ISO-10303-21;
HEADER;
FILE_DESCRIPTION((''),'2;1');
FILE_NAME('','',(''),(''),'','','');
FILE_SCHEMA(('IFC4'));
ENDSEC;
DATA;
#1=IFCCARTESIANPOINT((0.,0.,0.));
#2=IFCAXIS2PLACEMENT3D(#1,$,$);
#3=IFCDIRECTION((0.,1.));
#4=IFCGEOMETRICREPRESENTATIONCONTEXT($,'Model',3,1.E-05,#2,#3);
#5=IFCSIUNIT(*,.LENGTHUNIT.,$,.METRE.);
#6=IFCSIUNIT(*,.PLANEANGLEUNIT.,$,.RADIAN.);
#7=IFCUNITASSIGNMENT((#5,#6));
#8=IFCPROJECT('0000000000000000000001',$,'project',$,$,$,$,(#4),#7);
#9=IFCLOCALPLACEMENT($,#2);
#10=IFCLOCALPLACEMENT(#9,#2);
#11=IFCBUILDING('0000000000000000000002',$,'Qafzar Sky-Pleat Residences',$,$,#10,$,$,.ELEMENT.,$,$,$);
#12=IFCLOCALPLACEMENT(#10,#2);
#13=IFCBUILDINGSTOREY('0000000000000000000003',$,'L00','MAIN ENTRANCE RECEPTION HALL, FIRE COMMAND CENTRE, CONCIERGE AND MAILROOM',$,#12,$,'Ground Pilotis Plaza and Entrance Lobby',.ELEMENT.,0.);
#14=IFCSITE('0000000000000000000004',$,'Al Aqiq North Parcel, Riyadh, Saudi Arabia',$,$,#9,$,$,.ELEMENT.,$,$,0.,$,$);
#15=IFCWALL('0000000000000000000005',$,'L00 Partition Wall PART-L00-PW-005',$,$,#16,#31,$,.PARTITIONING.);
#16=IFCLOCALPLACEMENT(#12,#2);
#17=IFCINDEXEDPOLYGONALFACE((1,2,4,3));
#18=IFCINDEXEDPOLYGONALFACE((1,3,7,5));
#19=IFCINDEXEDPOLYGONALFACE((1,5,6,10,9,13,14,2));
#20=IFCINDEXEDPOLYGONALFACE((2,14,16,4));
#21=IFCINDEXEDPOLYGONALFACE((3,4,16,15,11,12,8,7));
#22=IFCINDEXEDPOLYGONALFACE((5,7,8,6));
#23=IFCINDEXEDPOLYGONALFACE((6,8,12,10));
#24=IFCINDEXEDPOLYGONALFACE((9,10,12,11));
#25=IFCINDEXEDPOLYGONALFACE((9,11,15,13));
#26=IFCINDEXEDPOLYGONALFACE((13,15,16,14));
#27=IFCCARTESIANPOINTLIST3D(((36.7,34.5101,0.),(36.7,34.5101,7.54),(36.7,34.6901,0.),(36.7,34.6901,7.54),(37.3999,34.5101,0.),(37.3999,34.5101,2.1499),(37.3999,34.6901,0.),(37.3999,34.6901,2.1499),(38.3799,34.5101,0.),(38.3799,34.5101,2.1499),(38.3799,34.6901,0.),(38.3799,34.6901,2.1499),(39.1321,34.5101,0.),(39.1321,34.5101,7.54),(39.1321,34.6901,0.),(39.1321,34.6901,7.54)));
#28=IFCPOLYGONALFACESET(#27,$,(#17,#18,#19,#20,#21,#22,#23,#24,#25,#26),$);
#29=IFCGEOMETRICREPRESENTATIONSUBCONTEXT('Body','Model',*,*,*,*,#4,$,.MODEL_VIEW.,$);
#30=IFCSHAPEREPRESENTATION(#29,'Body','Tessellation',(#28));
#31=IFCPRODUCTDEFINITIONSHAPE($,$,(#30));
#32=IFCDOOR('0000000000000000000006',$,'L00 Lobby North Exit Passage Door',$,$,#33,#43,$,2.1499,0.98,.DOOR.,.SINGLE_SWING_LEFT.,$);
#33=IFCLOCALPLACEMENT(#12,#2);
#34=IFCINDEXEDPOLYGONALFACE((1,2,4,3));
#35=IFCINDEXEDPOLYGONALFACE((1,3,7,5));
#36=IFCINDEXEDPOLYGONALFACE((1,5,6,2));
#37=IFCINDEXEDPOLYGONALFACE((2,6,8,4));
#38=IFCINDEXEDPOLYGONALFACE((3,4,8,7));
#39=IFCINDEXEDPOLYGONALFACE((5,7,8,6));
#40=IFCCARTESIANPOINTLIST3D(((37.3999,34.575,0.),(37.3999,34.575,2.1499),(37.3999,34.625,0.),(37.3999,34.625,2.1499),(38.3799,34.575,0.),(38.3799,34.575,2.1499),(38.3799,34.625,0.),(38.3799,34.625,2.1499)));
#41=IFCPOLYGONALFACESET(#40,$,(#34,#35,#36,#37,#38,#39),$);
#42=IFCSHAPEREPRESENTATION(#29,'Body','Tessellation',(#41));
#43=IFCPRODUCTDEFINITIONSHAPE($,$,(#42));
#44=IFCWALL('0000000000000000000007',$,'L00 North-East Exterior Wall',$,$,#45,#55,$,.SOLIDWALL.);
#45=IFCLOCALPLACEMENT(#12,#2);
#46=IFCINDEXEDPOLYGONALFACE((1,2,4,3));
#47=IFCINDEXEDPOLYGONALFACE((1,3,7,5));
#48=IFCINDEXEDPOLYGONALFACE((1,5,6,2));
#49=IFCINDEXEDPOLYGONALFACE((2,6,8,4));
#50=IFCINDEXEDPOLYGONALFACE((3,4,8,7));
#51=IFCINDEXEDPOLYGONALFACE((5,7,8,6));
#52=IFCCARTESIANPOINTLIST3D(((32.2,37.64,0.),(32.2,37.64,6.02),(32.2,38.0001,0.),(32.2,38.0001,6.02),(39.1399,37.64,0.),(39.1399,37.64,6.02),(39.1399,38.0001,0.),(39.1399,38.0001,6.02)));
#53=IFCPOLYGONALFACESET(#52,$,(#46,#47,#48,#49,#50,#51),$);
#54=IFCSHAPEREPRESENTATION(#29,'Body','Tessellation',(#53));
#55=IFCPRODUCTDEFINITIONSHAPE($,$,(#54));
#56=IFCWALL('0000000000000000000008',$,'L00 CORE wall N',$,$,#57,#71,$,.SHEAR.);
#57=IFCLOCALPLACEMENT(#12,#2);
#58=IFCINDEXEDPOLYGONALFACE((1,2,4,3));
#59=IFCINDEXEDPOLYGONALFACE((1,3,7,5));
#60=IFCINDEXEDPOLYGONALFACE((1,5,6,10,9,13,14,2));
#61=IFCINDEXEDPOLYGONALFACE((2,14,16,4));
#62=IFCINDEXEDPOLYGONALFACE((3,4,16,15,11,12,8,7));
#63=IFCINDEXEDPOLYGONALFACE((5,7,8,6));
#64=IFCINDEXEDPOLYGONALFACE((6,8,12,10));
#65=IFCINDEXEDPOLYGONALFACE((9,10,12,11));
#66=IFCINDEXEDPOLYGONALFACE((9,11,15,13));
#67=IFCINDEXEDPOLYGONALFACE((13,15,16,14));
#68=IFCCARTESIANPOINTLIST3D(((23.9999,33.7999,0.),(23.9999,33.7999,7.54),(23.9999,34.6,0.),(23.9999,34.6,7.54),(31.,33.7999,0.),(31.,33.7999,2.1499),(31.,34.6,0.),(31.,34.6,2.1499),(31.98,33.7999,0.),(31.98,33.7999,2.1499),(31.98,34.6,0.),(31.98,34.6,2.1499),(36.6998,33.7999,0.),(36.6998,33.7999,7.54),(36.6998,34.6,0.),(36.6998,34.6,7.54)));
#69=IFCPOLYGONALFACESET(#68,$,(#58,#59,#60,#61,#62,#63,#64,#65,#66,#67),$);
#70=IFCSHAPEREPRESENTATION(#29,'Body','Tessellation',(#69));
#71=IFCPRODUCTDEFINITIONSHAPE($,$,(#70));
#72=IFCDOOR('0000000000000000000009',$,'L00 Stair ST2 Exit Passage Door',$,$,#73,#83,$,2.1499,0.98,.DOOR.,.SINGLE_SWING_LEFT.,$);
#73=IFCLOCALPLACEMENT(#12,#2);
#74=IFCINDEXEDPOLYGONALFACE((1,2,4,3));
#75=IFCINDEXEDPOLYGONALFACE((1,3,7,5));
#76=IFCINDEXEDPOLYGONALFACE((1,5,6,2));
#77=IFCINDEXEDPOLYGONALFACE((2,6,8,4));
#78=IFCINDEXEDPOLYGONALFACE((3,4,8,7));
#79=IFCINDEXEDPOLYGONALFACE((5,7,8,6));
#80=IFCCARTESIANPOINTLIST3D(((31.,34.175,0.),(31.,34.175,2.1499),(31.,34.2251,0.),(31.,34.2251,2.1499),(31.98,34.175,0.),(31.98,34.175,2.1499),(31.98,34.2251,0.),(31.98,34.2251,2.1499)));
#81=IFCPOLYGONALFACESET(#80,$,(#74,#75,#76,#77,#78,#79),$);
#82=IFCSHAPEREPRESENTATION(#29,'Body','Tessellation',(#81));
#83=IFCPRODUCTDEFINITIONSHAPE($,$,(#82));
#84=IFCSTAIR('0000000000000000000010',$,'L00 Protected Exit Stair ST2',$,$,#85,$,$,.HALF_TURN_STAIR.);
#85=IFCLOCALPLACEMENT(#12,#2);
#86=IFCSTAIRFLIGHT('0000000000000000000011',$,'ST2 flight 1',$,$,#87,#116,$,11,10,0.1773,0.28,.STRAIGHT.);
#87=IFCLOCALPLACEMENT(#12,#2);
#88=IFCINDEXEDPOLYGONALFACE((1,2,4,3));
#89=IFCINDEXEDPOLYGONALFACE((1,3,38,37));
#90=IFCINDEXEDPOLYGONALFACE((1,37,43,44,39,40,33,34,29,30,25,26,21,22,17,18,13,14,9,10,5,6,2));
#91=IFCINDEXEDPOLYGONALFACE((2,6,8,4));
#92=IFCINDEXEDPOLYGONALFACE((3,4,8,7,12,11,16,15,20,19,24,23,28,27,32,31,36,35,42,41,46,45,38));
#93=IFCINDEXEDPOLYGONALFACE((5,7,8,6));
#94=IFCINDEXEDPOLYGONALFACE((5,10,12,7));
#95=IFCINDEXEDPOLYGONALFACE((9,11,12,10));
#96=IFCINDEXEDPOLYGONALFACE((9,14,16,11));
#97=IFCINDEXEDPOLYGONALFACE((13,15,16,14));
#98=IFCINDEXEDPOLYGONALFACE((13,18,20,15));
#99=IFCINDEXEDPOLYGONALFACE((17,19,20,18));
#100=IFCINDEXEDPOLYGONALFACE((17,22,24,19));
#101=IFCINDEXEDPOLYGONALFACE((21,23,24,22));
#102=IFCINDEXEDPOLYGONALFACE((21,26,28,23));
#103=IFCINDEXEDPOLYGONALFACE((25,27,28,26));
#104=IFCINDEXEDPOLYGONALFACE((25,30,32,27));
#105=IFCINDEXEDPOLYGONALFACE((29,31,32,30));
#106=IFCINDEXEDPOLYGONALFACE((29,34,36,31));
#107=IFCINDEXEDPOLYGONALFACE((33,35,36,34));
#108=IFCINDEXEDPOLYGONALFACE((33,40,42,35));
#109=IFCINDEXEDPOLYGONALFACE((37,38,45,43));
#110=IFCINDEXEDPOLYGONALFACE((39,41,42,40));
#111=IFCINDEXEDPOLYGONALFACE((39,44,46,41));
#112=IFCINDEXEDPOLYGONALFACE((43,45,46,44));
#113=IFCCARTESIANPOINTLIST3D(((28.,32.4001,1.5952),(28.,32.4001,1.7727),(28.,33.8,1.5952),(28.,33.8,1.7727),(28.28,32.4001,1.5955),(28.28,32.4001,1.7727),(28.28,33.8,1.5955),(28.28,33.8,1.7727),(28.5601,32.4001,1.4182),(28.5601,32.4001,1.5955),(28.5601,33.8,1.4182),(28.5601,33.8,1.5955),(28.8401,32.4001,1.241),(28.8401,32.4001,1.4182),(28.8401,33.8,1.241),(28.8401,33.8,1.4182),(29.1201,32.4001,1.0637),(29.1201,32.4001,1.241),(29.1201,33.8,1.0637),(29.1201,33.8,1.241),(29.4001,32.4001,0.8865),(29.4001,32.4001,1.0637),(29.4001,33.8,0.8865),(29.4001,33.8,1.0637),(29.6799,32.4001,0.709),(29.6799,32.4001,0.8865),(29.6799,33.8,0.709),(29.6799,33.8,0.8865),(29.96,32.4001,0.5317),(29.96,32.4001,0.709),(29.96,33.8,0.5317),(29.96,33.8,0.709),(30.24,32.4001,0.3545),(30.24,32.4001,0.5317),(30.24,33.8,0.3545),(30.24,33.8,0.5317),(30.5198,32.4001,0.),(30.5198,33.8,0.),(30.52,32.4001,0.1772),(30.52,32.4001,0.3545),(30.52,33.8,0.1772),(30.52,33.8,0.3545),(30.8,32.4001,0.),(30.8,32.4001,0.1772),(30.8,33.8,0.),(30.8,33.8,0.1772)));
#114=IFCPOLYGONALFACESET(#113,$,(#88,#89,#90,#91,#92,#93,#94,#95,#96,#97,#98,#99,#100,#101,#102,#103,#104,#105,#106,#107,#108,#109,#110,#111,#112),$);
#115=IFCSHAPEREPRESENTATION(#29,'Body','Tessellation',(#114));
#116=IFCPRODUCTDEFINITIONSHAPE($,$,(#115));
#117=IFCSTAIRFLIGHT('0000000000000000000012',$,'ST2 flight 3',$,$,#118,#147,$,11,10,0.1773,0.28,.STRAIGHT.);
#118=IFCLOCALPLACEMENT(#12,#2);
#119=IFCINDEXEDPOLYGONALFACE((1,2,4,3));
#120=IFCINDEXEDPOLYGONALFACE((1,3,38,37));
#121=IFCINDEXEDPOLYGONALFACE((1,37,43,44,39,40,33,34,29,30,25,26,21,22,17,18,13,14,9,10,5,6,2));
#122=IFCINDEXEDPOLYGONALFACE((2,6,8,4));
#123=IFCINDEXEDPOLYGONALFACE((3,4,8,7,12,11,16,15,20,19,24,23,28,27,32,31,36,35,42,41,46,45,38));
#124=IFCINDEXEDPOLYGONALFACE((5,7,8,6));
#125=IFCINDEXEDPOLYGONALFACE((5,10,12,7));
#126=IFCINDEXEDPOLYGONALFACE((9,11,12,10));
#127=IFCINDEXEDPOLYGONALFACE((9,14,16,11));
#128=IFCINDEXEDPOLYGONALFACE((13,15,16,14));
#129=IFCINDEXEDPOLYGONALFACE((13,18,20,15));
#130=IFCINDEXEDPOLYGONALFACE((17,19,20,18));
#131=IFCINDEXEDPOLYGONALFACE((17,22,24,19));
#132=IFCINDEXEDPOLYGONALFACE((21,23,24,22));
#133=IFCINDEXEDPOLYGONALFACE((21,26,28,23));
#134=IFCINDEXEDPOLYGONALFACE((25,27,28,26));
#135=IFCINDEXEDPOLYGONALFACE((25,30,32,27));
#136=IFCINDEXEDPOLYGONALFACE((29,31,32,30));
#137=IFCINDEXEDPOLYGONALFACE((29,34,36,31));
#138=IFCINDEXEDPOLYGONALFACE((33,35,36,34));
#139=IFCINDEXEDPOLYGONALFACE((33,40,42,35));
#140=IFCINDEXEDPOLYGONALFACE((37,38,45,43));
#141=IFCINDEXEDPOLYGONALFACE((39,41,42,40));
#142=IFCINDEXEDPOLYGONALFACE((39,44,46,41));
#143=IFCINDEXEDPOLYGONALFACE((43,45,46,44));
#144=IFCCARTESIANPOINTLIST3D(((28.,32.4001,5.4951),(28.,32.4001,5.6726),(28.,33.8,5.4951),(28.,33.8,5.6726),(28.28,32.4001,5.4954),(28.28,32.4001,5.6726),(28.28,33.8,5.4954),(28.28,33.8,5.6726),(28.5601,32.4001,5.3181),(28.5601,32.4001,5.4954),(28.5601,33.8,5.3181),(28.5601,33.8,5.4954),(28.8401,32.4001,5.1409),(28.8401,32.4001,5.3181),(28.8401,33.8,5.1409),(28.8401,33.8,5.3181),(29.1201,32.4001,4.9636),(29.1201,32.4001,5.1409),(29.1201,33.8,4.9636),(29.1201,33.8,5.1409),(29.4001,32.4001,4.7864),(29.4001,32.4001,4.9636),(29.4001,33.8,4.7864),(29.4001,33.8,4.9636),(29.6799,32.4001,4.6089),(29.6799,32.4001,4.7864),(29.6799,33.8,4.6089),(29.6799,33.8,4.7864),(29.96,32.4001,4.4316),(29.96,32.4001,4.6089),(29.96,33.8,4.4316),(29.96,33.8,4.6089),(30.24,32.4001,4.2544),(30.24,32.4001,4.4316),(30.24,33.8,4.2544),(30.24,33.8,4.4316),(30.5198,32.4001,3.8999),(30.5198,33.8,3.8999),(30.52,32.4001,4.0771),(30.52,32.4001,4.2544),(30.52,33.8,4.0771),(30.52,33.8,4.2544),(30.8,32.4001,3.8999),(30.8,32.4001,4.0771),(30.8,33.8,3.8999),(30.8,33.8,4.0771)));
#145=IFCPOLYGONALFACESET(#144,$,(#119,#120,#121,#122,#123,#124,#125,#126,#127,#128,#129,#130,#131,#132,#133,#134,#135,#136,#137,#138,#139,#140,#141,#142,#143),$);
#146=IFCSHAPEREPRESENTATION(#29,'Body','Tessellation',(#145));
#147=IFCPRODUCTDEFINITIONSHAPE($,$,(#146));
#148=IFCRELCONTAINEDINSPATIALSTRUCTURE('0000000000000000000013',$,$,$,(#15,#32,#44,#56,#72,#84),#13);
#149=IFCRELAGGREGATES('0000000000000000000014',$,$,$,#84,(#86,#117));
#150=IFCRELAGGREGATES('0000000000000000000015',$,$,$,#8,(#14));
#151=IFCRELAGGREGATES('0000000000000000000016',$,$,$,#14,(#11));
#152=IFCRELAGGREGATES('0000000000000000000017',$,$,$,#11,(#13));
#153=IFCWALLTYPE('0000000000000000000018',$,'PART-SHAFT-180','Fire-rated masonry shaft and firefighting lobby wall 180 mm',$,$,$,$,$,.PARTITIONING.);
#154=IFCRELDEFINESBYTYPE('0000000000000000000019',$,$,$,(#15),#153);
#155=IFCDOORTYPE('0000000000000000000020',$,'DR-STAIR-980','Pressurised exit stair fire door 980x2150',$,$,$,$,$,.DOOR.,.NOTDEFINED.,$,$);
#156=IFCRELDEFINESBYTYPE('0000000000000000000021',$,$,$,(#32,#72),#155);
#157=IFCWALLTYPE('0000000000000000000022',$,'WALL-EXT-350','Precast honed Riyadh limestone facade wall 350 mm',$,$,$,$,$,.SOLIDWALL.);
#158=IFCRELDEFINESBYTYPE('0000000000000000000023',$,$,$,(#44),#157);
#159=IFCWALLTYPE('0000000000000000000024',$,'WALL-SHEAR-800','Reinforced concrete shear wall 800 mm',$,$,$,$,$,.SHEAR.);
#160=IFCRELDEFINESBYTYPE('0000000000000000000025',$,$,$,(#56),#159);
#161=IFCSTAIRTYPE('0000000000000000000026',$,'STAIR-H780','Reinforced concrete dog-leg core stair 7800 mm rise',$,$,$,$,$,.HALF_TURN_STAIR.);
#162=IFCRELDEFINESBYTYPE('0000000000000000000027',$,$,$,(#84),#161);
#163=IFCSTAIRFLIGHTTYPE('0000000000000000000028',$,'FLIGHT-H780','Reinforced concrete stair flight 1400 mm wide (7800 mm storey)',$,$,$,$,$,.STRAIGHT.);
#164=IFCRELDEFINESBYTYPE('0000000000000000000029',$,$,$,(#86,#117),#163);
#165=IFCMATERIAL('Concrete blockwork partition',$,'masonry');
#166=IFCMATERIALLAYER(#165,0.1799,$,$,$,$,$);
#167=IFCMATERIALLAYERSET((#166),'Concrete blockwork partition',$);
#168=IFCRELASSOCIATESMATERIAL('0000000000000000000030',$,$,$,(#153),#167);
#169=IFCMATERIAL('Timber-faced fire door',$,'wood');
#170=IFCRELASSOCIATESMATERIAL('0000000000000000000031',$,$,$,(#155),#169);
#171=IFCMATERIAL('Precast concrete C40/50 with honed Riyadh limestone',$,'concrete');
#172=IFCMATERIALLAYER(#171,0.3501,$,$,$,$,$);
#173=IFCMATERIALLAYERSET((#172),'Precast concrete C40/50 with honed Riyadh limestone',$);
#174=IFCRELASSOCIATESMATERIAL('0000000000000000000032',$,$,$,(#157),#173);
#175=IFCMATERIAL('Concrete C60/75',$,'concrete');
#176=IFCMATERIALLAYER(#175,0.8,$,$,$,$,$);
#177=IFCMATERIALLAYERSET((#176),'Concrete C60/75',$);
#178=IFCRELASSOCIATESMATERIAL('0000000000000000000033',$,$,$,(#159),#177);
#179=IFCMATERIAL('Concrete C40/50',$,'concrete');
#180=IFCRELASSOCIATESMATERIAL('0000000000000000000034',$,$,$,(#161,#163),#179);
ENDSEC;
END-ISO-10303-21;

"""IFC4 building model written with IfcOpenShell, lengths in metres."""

from ifc_helpers import new_model, si_unit, direction, frame, frame_2d, origin, place, context, subcontext, project, spatial, polyline, rectangle, outline, extrude, source, transform, mapped, material, layer, layer_set, type_object, element, fill, aggregate, save


model = new_model("IFC4")

# Units and contexts
model_context = context("Model", 3, precision=1e-05, world=origin(), true_north=direction((0.0, 1.0)))
body_context = subcontext(model_context, "Body", "Model", "MODEL_VIEW")
ifc_project = project(units=[si_unit("LENGTHUNIT", "METRE"), si_unit("PLANEANGLEUNIT", "RADIAN")], contexts=[model_context])

# Site, building, storey
site_placement = place(None, origin())
site = spatial("IfcSite", under=ifc_project, at=site_placement, Name="Al Aqiq North Parcel, Riyadh, Saudi Arabia", CompositionType="ELEMENT", RefElevation=0.0)
building_placement = place(site_placement, origin())
building = spatial("IfcBuilding", under=site, at=building_placement, Name="Qafzar Sky-Pleat Residences", CompositionType="ELEMENT")
storey_placement = place(building_placement, origin())
storey = spatial("IfcBuildingStorey", under=building, at=storey_placement, Name="L00", Description="MAIN ENTRANCE RECEPTION HALL, FIRE COMMAND CENTRE, CONCIERGE AND MAILROOM", LongName="Ground Pilotis Plaza and Entrance Lobby", CompositionType="ELEMENT", Elevation=0.0)

# Shared definitions
ifc_material_1 = material(Name="Concrete C60/75", Category="concrete")

# Wall, opening, door
ifc_material_2 = material(Name="Concrete blockwork partition", Category="masonry")
ifc_layer_1 = layer(ifc_material_2, 0.1799)
ifc_layer_set_1 = layer_set([ifc_layer_1], Name="Concrete blockwork partition")
wall_type_1 = type_object("IfcWallType", Name="PART-SHAFT-180", Description="Fire-rated masonry shaft and firefighting lobby wall 180 mm", PredefinedType="PARTITIONING", material=ifc_layer_set_1)
wall_1_placement = place(storey_placement, frame((36.7, 34.6001, 0.0), z_axis=(0.0, 0.0, 1.0), x_axis=(1.0, 0.0, 0.0)))
wall_1 = element("IfcWall", 1, at=wall_1_placement, inside=storey, type_object=wall_type_1, Name="L00 Partition Wall PART-L00-PW-005", PredefinedType="PARTITIONING", context=body_context, shape_type="SweptSolid", body=[
    extrude(rectangle(XDim=2.4321, YDim=0.1799, at=frame_2d((1.2161, 0.0))), origin(), (0.0, 0.0, 1.0), 7.54),
])
opening_1_placement = place(wall_1_placement, frame((0.7, 0.0, 0.0)))
opening_1 = element("IfcOpeningElement", 2, at=opening_1_placement, cuts=wall_1, PredefinedType="OPENING", context=body_context, shape_type="SweptSolid", body=[
    extrude(rectangle(XDim=0.98, YDim=2.1499, at=frame_2d((0.49, 1.075))), frame((0.0, 0.1001, 0.0), z_axis=(0.0, -1.0, 0.0), x_axis=(1.0, 0.0, 0.0)), (0.0, 0.0, 1.0), 0.2),
])
ifc_material_3 = material(Name="Timber-faced fire door", Category="wood")
door_type = type_object("IfcDoorType", Name="DR-STAIR-980", Description="Pressurised exit stair fire door 980x2150", OperationType="NOTDEFINED", PredefinedType="DOOR", material=ifc_material_3)
shared_shape_1 = source(origin(), body_context, "Body", "SweptSolid", [
    extrude(rectangle(XDim=0.98, YDim=2.1499, at=frame_2d((0.49, 1.075))), frame((0.0, 0.0249, 0.0), z_axis=(0.0, -1.0, 0.0), x_axis=(1.0, 0.0, 0.0)), (0.0, 0.0, 1.0), 0.05),
])
door_1_placement = place(opening_1_placement, origin())
door_1 = element("IfcDoor", 3, at=door_1_placement, inside=storey, type_object=door_type, Name="L00 Lobby North Exit Passage Door", OperationType="SINGLE_SWING_LEFT", OverallHeight=2.1499, OverallWidth=0.98, PredefinedType="DOOR", context=body_context, shape_type="MappedRepresentation", body=[
    mapped(shared_shape_1, transform((0.0, 0.0, 0.0), x_axis=(1.0, 0.0, 0.0), y_axis=(0.0, 1.0, 0.0), z_axis=(0.0, 0.0, 1.0), scale=1.0)),
])
fill(opening_1, door_1)

# Wall
ifc_material_4 = material(Name="Precast concrete C40/50 with honed Riyadh limestone", Category="concrete")
ifc_layer_2 = layer(ifc_material_4, 0.3501)
ifc_layer_set_2 = layer_set([ifc_layer_2], Name="Precast concrete C40/50 with honed Riyadh limestone")
wall_type_2 = type_object("IfcWallType", Name="WALL-EXT-350", Description="Precast honed Riyadh limestone facade wall 350 mm", PredefinedType="SOLIDWALL", material=ifc_layer_set_2)
wall_2_placement = place(storey_placement, frame((32.2, 37.8201, 0.0), z_axis=(0.0, 0.0, 1.0), x_axis=(1.0, 0.0, 0.0)))
element("IfcWall", 4, at=wall_2_placement, inside=storey, type_object=wall_type_2, Name="L00 North-East Exterior Wall", PredefinedType="SOLIDWALL", context=body_context, shape_type="SweptSolid", body=[
    extrude(rectangle(XDim=6.9399, YDim=0.3601, at=frame_2d((3.47, 0.0))), origin(), (0.0, 0.0, 1.0), 6.02),
])

# Wall, opening, door
ifc_layer_3 = layer(ifc_material_1, 0.8)
ifc_layer_set_3 = layer_set([ifc_layer_3], Name="Concrete C60/75")
wall_type_3 = type_object("IfcWallType", Name="WALL-SHEAR-800", Description="Reinforced concrete shear wall 800 mm", PredefinedType="SHEAR", material=ifc_layer_set_3)
wall_3_placement = place(storey_placement, frame((36.7, 34.2, 0.0), z_axis=(0.0, 0.0, 1.0), x_axis=(-1.0, 0.0, 0.0)))
wall_3 = element("IfcWall", 5, at=wall_3_placement, inside=storey, type_object=wall_type_3, Name="L00 CORE wall N", PredefinedType="SHEAR", context=body_context, shape_type="SweptSolid", body=[
    extrude(rectangle(XDim=12.7, YDim=0.8, at=frame_2d((6.3501, 0.0))), origin(), (0.0, 0.0, 1.0), 7.54),
])
opening_2_placement = place(wall_3_placement, frame((4.72, 0.0, 0.0)))
opening_2 = element("IfcOpeningElement", 6, at=opening_2_placement, cuts=wall_3, PredefinedType="OPENING", context=body_context, shape_type="SweptSolid", body=[
    extrude(rectangle(XDim=0.98, YDim=2.1499, at=frame_2d((0.49, 1.075))), frame((0.0, 0.4102, 0.0), z_axis=(0.0, -1.0, 0.0), x_axis=(1.0, 0.0, 0.0)), (0.0, 0.0, 1.0), 0.8201),
])
door_2_placement = place(opening_2_placement, origin())
door_2 = element("IfcDoor", 7, at=door_2_placement, inside=storey, type_object=door_type, Name="L00 Stair ST2 Exit Passage Door", OperationType="SINGLE_SWING_LEFT", OverallHeight=2.1499, OverallWidth=0.98, PredefinedType="DOOR", context=body_context, shape_type="MappedRepresentation", body=[
    mapped(shared_shape_1, transform((0.0, 0.0, 0.0), x_axis=(1.0, 0.0, 0.0), y_axis=(0.0, 1.0, 0.0), z_axis=(0.0, 0.0, 1.0), scale=1.0)),
])
fill(opening_2, door_2)

# Stair, stair flights
ifc_material_5 = material(Name="Concrete C40/50", Category="concrete")
stair_type = type_object("IfcStairType", Name="STAIR-H780", Description="Reinforced concrete dog-leg core stair 7800 mm rise", PredefinedType="HALF_TURN_STAIR", material=ifc_material_5)
stair_placement = place(storey_placement, origin())
stair = element("IfcStair", 8, at=stair_placement, inside=storey, type_object=stair_type, Name="L00 Protected Exit Stair ST2", PredefinedType="HALF_TURN_STAIR")
stair_flight_type = type_object("IfcStairFlightType", Name="FLIGHT-H780", Description="Reinforced concrete stair flight 1400 mm wide (7800 mm storey)", PredefinedType="STRAIGHT", material=ifc_material_5)
shared_shape_2 = source(origin(), body_context, "Body", "SweptSolid", [
    extrude(outline(polyline([(0.0, 0.0), (0.0, 0.1772), (0.28, 0.1772), (0.28, 0.3545), (0.5601, 0.3545), (0.5601, 0.5317), (0.8401, 0.5317), (0.8401, 0.709), (1.1201, 0.709), (1.1201, 0.8865), (1.3999, 0.8865), (1.3999, 1.0637), (1.6799, 1.0637), (1.6799, 1.241), (1.96, 1.241), (1.96, 1.4182), (2.24, 1.4182), (2.24, 1.5955), (2.52, 1.5955), (2.52, 1.7727), (2.8, 1.7727), (2.8, 1.95), (2.8, 1.5952), (0.2803, 0.0), (0.0, 0.0)])), frame((0.0, 0.7, 0.0), z_axis=(0.0, -1.0, 0.0), x_axis=(1.0, 0.0, 0.0)), (0.0, 0.0, 1.0), 1.3999),
])
stair_flight_1_placement = place(storey_placement, frame((30.8, 33.1001, 0.0), z_axis=(0.0, 0.0, 1.0), x_axis=(-1.0, 0.0, 0.0)))
stair_flight_1 = element("IfcStairFlight", 9, at=stair_flight_1_placement, type_object=stair_flight_type, Name="ST2 flight 1", NumberOfRisers=11, NumberOfTreads=10, PredefinedType="STRAIGHT", RiserHeight=0.1773, TreadLength=0.28, context=body_context, shape_type="MappedRepresentation", body=[
    mapped(shared_shape_2, transform((0.0, 0.0, 0.0), x_axis=(1.0, 0.0, 0.0), y_axis=(0.0, 1.0, 0.0), z_axis=(0.0, 0.0, 1.0), scale=1.0)),
])
stair_flight_2_placement = place(storey_placement, frame((30.8, 33.1001, 3.8999), z_axis=(0.0, 0.0, 1.0), x_axis=(-1.0, 0.0, 0.0)))
stair_flight_2 = element("IfcStairFlight", 10, at=stair_flight_2_placement, type_object=stair_flight_type, Name="ST2 flight 3", NumberOfRisers=11, NumberOfTreads=10, PredefinedType="STRAIGHT", RiserHeight=0.1773, TreadLength=0.28, context=body_context, shape_type="MappedRepresentation", body=[
    mapped(shared_shape_2, transform((0.0, 0.0, 0.0), x_axis=(1.0, 0.0, 0.0), y_axis=(0.0, 1.0, 0.0), z_axis=(0.0, 0.0, 1.0), scale=1.0)),
])
aggregate(stair, [stair_flight_1, stair_flight_2])

save(model, "model.ifc")
